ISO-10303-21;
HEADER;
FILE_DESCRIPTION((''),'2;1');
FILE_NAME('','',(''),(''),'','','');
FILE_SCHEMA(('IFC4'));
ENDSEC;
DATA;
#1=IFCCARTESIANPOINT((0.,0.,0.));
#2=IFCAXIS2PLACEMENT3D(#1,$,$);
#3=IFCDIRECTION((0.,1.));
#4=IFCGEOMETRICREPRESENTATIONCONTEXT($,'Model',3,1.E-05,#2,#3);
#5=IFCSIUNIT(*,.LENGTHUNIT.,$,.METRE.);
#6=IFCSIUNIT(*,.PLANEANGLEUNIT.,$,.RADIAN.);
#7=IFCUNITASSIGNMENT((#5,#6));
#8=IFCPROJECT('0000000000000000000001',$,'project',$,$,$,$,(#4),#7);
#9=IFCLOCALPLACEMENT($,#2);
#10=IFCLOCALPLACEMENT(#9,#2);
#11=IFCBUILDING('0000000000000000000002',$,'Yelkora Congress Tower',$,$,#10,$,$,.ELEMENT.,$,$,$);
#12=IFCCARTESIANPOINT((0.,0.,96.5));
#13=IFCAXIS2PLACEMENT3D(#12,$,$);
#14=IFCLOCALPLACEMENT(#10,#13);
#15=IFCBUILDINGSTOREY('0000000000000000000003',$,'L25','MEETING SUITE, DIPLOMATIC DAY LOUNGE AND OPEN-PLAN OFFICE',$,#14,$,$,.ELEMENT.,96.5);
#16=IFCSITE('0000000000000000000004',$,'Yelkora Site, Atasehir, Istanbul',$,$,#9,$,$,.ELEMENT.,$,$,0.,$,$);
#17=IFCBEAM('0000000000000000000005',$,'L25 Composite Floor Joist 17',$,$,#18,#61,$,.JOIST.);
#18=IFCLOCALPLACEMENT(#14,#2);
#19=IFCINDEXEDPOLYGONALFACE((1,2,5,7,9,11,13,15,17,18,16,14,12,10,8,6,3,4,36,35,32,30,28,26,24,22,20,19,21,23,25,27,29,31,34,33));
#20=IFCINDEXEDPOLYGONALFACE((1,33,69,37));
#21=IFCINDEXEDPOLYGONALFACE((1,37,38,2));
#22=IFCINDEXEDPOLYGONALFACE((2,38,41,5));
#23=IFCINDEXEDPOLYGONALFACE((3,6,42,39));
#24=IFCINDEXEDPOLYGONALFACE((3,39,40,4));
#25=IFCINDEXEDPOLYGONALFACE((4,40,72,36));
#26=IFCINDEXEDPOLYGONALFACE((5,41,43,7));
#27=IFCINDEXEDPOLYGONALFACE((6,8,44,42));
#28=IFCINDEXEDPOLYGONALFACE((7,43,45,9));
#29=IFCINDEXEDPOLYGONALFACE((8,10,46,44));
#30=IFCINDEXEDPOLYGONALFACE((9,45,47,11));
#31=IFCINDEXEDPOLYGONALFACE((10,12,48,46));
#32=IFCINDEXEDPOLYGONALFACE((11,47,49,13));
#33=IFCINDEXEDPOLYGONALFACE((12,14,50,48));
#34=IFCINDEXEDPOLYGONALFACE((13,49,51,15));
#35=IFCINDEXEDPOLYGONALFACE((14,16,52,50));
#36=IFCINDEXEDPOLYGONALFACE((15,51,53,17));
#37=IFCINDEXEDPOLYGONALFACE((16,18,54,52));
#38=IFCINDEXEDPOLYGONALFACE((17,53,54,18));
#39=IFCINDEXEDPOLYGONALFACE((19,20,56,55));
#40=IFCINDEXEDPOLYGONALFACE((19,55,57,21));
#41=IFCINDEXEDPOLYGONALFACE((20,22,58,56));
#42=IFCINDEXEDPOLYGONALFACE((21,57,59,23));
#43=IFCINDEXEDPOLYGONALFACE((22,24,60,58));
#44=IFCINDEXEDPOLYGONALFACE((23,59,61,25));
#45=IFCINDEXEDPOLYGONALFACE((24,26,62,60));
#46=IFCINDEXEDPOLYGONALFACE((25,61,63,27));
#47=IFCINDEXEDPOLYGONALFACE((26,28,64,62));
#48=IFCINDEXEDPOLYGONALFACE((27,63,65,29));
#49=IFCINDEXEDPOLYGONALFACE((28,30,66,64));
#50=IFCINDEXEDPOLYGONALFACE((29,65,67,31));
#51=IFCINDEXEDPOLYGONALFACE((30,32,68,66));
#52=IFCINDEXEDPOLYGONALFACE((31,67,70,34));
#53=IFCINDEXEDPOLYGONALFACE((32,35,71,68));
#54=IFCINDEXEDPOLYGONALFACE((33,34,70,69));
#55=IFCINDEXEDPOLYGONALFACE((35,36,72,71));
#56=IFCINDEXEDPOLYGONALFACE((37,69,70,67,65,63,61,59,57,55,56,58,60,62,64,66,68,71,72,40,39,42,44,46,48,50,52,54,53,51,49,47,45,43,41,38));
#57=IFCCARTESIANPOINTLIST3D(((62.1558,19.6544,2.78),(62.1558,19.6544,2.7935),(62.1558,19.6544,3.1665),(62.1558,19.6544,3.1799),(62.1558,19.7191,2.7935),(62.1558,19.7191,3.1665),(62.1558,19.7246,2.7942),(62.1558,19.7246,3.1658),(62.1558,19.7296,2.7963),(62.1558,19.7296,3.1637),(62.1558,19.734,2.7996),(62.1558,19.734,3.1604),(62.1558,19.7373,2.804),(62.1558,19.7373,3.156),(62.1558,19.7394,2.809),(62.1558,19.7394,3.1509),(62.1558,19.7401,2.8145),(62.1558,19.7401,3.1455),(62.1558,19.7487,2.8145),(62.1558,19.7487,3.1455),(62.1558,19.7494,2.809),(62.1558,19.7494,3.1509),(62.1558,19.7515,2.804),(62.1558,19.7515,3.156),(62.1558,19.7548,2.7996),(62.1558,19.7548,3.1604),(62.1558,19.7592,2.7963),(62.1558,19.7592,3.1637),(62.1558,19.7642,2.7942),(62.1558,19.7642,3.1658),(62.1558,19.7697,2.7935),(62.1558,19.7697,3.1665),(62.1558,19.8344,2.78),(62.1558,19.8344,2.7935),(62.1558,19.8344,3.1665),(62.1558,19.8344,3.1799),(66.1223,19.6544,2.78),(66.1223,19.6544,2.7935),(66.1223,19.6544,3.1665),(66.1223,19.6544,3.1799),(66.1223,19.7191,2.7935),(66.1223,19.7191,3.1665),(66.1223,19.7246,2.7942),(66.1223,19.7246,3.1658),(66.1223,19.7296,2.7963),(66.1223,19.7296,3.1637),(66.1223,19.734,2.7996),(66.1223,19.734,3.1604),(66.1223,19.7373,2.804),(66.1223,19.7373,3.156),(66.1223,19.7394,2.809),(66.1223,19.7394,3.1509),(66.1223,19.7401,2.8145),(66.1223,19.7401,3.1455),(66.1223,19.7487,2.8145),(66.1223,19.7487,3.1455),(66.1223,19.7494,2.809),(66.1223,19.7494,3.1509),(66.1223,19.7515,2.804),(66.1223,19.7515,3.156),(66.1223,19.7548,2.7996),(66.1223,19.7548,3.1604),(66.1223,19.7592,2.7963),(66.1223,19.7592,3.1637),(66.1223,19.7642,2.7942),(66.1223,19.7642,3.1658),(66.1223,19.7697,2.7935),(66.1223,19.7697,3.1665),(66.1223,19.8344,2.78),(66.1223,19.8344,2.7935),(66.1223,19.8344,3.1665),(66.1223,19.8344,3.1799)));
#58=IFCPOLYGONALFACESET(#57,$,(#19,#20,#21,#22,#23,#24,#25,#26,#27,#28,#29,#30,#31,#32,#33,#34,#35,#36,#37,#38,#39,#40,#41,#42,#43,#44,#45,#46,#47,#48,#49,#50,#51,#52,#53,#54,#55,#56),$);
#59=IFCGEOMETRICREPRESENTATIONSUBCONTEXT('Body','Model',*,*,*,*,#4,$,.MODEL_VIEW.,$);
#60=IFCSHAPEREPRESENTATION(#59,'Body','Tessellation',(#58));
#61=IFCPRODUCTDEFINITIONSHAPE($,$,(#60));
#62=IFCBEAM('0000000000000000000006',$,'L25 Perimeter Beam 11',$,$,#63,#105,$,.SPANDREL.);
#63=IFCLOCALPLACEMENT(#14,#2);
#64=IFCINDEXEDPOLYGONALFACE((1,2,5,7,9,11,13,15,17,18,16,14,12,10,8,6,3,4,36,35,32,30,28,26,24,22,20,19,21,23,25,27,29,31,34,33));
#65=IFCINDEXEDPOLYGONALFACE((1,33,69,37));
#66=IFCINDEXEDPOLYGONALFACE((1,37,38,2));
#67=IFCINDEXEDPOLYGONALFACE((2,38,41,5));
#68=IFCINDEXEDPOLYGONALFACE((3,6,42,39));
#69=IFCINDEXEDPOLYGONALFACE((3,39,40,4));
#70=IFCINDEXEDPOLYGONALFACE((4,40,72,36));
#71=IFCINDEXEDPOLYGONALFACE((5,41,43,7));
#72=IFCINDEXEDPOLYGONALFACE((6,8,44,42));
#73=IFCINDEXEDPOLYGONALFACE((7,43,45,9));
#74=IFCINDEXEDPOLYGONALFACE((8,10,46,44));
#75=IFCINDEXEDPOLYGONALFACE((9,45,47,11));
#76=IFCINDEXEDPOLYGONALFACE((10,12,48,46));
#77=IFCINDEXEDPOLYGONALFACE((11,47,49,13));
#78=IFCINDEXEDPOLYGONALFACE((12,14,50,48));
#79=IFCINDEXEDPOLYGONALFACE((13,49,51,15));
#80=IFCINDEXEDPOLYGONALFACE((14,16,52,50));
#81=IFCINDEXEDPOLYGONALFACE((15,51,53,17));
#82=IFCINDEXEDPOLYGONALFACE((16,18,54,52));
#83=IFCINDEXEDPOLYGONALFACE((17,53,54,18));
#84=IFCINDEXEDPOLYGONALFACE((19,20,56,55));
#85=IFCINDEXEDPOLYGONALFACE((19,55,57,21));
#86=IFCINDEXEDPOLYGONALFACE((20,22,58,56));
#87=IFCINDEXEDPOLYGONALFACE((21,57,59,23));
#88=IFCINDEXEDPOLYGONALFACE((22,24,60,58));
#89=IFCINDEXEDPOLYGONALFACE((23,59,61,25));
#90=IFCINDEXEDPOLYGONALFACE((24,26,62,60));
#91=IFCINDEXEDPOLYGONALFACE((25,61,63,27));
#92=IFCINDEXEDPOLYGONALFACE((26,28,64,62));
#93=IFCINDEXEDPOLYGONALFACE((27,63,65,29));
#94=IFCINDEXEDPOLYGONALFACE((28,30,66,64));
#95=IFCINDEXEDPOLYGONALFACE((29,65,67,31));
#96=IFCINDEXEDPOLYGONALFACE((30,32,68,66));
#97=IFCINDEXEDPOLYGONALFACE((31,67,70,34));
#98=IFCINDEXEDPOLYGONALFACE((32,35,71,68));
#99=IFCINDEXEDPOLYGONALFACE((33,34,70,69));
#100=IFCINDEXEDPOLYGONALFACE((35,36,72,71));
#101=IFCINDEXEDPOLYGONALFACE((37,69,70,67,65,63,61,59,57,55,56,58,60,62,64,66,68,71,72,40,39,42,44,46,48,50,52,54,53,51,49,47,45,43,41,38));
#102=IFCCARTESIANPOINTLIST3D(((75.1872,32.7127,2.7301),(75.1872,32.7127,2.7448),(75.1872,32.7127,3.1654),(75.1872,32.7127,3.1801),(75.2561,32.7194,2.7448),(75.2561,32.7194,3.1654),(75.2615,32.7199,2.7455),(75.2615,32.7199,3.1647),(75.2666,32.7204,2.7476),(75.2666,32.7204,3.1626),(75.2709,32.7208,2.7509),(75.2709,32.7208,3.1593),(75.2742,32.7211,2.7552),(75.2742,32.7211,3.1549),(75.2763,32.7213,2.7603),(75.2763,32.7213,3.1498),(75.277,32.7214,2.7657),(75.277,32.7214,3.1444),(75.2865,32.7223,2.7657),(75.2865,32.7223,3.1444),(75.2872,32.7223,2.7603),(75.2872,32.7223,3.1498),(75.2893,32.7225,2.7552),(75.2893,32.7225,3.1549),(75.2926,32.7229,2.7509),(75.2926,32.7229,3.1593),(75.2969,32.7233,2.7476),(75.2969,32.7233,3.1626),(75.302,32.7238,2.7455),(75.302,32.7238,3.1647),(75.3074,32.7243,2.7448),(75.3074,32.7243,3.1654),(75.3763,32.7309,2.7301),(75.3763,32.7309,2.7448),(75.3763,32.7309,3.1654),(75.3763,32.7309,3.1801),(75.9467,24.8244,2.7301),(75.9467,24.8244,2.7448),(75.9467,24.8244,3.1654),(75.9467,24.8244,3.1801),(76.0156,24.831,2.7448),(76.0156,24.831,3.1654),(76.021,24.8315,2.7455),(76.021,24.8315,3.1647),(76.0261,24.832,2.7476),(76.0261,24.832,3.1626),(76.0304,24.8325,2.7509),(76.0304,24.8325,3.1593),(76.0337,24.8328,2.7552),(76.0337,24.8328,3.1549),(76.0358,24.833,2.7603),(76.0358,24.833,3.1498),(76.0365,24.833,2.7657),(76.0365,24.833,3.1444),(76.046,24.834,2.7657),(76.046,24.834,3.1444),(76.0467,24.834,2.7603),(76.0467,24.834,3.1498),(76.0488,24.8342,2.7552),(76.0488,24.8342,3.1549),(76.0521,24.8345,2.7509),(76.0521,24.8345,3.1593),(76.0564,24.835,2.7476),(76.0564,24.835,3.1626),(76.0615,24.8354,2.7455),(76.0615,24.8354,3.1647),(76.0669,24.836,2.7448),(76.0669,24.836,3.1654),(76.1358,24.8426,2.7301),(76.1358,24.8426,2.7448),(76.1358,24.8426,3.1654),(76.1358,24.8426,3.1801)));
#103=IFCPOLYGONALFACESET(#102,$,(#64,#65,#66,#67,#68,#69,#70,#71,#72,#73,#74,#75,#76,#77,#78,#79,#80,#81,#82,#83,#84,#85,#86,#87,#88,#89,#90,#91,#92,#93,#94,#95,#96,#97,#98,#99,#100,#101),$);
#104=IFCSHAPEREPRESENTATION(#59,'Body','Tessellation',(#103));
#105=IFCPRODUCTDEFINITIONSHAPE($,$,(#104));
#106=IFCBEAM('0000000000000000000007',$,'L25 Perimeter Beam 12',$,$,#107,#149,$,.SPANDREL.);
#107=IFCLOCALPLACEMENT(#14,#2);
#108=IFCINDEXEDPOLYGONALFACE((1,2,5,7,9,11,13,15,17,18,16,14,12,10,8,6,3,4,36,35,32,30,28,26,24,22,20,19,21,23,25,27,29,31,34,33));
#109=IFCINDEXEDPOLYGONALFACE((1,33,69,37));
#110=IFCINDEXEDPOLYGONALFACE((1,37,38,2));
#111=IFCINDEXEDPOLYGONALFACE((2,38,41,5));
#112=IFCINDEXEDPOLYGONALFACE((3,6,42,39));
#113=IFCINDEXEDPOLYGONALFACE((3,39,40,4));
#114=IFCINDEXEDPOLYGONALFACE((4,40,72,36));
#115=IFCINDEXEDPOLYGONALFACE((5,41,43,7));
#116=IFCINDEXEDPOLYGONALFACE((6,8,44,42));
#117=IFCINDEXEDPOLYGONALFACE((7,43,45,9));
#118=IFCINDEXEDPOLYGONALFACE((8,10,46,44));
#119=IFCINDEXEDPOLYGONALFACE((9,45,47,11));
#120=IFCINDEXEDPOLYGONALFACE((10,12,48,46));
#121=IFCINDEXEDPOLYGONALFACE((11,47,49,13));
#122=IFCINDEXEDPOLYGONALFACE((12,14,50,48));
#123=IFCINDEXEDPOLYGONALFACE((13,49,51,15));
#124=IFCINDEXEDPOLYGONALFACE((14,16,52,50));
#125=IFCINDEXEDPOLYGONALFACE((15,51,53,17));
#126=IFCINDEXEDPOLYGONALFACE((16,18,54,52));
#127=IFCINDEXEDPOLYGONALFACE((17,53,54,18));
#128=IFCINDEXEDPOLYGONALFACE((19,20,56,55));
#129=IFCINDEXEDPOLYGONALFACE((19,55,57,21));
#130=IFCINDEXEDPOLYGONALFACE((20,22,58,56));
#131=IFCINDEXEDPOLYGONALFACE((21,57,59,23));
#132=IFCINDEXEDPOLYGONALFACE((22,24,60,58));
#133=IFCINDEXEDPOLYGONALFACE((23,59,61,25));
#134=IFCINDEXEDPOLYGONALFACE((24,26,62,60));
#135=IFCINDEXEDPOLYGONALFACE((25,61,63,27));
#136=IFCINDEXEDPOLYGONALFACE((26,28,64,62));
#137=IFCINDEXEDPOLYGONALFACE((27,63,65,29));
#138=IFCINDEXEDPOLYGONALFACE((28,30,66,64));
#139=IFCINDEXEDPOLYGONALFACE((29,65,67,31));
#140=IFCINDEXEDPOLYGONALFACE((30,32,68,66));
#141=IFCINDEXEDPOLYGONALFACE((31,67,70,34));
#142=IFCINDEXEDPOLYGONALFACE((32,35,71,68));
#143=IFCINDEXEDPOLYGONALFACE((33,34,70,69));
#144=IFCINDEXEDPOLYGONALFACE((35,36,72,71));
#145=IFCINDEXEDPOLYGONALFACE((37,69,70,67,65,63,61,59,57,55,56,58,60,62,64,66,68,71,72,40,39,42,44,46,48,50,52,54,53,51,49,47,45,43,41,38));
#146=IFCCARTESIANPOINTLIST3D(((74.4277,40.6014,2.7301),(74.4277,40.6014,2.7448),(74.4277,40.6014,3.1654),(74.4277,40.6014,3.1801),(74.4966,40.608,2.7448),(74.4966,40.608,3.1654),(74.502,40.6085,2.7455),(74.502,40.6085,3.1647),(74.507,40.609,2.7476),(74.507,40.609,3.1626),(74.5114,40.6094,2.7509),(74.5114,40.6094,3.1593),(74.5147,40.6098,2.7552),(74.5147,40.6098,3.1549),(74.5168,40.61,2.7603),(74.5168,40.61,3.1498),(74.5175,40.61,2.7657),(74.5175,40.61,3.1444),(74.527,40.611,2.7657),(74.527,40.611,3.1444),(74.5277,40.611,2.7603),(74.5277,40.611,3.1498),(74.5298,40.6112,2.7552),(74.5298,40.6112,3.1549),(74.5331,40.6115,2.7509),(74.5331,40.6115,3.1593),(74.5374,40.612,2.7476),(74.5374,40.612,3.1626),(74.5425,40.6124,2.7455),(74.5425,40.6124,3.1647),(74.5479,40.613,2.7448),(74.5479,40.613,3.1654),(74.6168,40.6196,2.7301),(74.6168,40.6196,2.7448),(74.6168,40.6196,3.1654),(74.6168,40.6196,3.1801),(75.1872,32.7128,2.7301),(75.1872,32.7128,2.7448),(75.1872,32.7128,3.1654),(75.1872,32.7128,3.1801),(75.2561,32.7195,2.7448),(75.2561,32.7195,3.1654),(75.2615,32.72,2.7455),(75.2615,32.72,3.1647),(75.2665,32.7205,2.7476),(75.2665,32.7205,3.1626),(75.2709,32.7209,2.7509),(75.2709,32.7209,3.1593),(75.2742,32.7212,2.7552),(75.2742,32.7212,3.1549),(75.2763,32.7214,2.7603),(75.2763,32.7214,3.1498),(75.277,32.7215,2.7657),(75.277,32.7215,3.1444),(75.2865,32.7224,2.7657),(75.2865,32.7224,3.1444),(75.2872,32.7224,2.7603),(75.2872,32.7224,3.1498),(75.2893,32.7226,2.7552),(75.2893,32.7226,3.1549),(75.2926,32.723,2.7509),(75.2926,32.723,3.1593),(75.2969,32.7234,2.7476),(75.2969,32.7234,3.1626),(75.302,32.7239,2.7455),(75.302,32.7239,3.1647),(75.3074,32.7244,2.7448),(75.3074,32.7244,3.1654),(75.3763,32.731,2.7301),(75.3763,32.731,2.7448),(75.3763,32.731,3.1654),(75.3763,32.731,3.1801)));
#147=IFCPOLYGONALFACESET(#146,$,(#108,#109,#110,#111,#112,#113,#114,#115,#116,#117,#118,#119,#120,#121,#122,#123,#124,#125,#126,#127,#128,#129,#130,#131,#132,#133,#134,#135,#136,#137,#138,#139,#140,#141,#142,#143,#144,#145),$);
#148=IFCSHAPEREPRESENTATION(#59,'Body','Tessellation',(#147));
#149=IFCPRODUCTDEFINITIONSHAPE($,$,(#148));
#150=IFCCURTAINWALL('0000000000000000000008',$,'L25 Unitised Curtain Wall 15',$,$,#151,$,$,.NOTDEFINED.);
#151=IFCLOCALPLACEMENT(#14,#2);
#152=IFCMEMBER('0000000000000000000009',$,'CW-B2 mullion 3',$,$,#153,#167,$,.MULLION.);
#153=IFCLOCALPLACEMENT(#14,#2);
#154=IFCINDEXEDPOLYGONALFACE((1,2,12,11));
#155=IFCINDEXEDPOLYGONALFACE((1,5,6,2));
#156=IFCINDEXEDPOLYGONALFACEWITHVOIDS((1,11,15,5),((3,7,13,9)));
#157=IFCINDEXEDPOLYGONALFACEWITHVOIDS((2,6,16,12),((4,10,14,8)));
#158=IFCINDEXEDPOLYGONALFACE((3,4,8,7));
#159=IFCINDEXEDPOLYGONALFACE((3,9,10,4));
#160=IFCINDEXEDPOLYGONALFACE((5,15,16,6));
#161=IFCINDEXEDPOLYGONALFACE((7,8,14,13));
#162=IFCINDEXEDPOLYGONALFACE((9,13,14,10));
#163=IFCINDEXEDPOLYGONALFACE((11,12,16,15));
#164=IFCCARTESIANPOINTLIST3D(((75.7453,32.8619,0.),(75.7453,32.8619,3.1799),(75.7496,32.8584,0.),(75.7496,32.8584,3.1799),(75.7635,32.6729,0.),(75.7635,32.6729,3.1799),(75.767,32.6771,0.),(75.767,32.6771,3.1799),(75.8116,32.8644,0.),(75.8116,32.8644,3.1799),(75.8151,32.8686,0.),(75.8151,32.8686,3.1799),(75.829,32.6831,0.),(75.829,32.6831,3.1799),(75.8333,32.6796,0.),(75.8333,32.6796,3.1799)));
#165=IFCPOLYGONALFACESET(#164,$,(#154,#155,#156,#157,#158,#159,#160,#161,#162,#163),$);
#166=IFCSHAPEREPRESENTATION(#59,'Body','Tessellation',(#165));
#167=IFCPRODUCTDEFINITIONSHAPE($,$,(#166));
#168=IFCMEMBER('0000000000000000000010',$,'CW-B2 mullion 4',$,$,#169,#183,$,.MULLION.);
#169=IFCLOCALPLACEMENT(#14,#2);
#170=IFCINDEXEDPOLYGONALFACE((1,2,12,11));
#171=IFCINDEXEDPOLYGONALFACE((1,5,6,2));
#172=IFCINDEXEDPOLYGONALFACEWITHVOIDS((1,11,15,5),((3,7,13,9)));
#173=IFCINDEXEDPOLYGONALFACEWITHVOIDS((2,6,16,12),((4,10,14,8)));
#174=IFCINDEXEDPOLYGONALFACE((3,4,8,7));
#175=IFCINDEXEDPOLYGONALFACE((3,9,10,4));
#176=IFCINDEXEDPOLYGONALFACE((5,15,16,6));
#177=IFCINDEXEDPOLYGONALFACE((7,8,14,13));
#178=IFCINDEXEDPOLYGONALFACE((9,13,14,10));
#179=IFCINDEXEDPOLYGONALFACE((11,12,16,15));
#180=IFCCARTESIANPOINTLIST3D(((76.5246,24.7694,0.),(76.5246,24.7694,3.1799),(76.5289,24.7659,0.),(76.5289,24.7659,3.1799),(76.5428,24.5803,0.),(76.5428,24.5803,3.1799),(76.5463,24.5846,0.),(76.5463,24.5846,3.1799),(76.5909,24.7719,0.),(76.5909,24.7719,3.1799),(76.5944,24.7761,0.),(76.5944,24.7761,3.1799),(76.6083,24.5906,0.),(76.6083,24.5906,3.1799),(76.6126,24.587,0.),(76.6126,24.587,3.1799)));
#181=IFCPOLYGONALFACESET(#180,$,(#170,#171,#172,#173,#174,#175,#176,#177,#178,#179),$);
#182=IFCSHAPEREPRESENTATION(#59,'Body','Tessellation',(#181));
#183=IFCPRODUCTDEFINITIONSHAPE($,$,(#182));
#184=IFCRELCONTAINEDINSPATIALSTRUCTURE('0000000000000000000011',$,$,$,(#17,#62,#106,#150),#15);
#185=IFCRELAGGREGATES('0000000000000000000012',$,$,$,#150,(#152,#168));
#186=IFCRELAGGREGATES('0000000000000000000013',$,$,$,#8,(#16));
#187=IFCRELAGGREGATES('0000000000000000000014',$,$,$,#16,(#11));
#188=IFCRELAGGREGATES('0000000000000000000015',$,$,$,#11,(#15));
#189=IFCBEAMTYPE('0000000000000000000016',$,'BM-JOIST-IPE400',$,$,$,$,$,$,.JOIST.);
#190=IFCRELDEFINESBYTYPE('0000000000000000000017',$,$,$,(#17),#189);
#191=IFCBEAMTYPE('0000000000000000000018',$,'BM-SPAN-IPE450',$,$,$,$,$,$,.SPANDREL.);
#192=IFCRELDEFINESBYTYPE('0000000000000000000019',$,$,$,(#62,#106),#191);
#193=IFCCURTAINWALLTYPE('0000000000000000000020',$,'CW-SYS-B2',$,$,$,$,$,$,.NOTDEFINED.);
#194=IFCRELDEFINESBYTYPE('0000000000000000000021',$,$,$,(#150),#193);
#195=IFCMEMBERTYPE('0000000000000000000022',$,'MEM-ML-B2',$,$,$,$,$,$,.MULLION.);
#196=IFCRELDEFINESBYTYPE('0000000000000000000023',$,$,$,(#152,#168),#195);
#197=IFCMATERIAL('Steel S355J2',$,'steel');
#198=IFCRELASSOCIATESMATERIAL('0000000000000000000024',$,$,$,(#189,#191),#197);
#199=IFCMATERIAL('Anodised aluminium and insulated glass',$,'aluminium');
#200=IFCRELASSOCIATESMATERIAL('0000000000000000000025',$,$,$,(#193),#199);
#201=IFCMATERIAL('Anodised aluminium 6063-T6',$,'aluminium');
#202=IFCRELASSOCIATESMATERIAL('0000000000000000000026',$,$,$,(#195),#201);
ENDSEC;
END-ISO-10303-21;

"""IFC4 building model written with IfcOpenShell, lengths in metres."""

from ifc_helpers import new_model, si_unit, direction, frame, origin, origin_2d, place, context, subcontext, project, spatial, hollow_rectangle, i_section, extrude, material, material_profile, profile_set, type_object, element, aggregate, save


model = new_model("IFC4")

# Units and contexts
model_context = context("Model", 3, precision=1e-05, world=origin(), true_north=direction((0.0, 1.0)))
body_context = subcontext(model_context, "Body", "Model", "MODEL_VIEW")
ifc_project = project(units=[si_unit("LENGTHUNIT", "METRE"), si_unit("PLANEANGLEUNIT", "RADIAN")], contexts=[model_context])

# Site, building, storey
site_placement = place(None, origin())
site = spatial("IfcSite", under=ifc_project, at=site_placement, Name="Yelkora Site, Atasehir, Istanbul", CompositionType="ELEMENT", RefElevation=0.0)
building_placement = place(site_placement, origin())
building = spatial("IfcBuilding", under=site, at=building_placement, Name="Yelkora Congress Tower", CompositionType="ELEMENT")
storey_placement = place(building_placement, frame((0.0, 0.0, 96.5)))
storey = spatial("IfcBuildingStorey", under=building, at=storey_placement, Name="L25", Description="MEETING SUITE, DIPLOMATIC DAY LOUNGE AND OPEN-PLAN OFFICE", CompositionType="ELEMENT", Elevation=96.5)

# Beams
ifc_material_1 = material(Name="Steel S355J2", Category="steel")
ifc_material_profile_1 = material_profile(ifc_material_1, i_section(OverallWidth=0.1799, OverallDepth=0.3999, WebThickness=0.0085, FlangeThickness=0.0134, FilletRadius=0.021, at=origin_2d()), Name="IPE 400")
ifc_profile_set_1 = profile_set([ifc_material_profile_1], Name="Steel S355J2")
beam_type_1 = type_object("IfcBeamType", Name="BM-JOIST-IPE400", PredefinedType="JOIST", material=ifc_profile_set_1)
beam_1_placement = place(storey_placement, frame((62.1558, 19.7444, 2.98), z_axis=(1.0, 0.0, 0.0), x_axis=(0.0, 1.0, 0.0)))
element("IfcBeam", 1, at=beam_1_placement, inside=storey, type_object=beam_type_1, Name="L25 Composite Floor Joist 17", PredefinedType="JOIST", context=body_context, shape_type="SweptSolid", body=[
    extrude(i_section(OverallWidth=0.1799, OverallDepth=0.3999, WebThickness=0.0085, FlangeThickness=0.0134, FilletRadius=0.021, at=origin_2d()), origin(), (0.0, 0.0, 1.0), 3.9666),
])
ifc_material_profile_2 = material_profile(ifc_material_1, i_section(OverallWidth=0.1899, OverallDepth=0.45, WebThickness=0.0095, FlangeThickness=0.0146, FilletRadius=0.021, at=origin_2d()), Name="IPE 450")
ifc_profile_set_2 = profile_set([ifc_material_profile_2], Name="Steel S355J2")
beam_type_2 = type_object("IfcBeamType", Name="BM-SPAN-IPE450", PredefinedType="SPANDREL", material=ifc_profile_set_2)
beam_2_placement = place(storey_placement, frame((76.0413, 24.8335, 2.9551), z_axis=(-0.09584, 0.995397, 0.0), x_axis=(-0.995397, -0.09584, 0.0)))
element("IfcBeam", 2, at=beam_2_placement, inside=storey, type_object=beam_type_2, Name="L25 Perimeter Beam 11", PredefinedType="SPANDREL", context=body_context, shape_type="SweptSolid", body=[
    extrude(i_section(OverallWidth=0.1899, OverallDepth=0.45, WebThickness=0.0095, FlangeThickness=0.0146, FilletRadius=0.021, at=origin_2d()), origin(), (0.0, 0.0, 1.0), 7.9248),
])
beam_3_placement = place(storey_placement, frame((75.2817, 32.7219, 2.9551), z_axis=(-0.095837, 0.995397, 0.0), x_axis=(-0.995397, -0.095837, 0.0)))
element("IfcBeam", 3, at=beam_3_placement, inside=storey, type_object=beam_type_2, Name="L25 Perimeter Beam 12", PredefinedType="SPANDREL", context=body_context, shape_type="SweptSolid", body=[
    extrude(i_section(OverallWidth=0.1899, OverallDepth=0.45, WebThickness=0.0095, FlangeThickness=0.0146, FilletRadius=0.021, at=origin_2d()), origin(), (0.0, 0.0, 1.0), 7.925),
])

# Curtain wall, members
ifc_material_2 = material(Name="Anodised aluminium and insulated glass", Category="aluminium")
curtain_wall_type = type_object("IfcCurtainWallType", Name="CW-SYS-B2", PredefinedType="NOTDEFINED", material=ifc_material_2)
curtain_wall_placement = place(storey_placement, origin())
curtain_wall = element("IfcCurtainWall", 4, at=curtain_wall_placement, inside=storey, type_object=curtain_wall_type, Name="L25 Unitised Curtain Wall 15", PredefinedType="NOTDEFINED")
ifc_material_3 = material(Name="Anodised aluminium 6063-T6", Category="aluminium")
ifc_material_profile_3 = material_profile(ifc_material_3, hollow_rectangle(XDim=0.0701, YDim=0.1899, WallThickness=0.0039, at=origin_2d()), Name="ALU 70x190x4")
ifc_profile_set_3 = profile_set([ifc_material_profile_3], Name="Anodised aluminium 6063-T6")
member_type_1 = type_object("IfcMemberType", Name="MEM-ML-B2", PredefinedType="MULLION", material=ifc_profile_set_3)
member_1_placement = place(storey_placement, frame((75.7893, 32.7708, 0.0), z_axis=(0.0, 0.0, 1.0), x_axis=(0.995397, 0.095843, 0.0)))
member_1 = element("IfcMember", 5, at=member_1_placement, type_object=member_type_1, Name="CW-B2 mullion 3", PredefinedType="MULLION", context=body_context, shape_type="SweptSolid", body=[
    extrude(hollow_rectangle(XDim=0.0701, YDim=0.1899, WallThickness=0.0039, at=origin_2d()), origin(), (0.0, 0.0, 1.0), 3.1799),
])
member_2_placement = place(storey_placement, frame((76.5686, 24.6782, 0.0), z_axis=(0.0, 0.0, 1.0), x_axis=(0.995397, 0.095843, 0.0)))
member_2 = element("IfcMember", 6, at=member_2_placement, type_object=member_type_1, Name="CW-B2 mullion 4", PredefinedType="MULLION", context=body_context, shape_type="SweptSolid", body=[
    extrude(hollow_rectangle(XDim=0.0701, YDim=0.1899, WallThickness=0.0039, at=origin_2d()), origin(), (0.0, 0.0, 1.0), 3.1799),
])
aggregate(curtain_wall, [member_1, member_2])

save(model, "model.ifc")
